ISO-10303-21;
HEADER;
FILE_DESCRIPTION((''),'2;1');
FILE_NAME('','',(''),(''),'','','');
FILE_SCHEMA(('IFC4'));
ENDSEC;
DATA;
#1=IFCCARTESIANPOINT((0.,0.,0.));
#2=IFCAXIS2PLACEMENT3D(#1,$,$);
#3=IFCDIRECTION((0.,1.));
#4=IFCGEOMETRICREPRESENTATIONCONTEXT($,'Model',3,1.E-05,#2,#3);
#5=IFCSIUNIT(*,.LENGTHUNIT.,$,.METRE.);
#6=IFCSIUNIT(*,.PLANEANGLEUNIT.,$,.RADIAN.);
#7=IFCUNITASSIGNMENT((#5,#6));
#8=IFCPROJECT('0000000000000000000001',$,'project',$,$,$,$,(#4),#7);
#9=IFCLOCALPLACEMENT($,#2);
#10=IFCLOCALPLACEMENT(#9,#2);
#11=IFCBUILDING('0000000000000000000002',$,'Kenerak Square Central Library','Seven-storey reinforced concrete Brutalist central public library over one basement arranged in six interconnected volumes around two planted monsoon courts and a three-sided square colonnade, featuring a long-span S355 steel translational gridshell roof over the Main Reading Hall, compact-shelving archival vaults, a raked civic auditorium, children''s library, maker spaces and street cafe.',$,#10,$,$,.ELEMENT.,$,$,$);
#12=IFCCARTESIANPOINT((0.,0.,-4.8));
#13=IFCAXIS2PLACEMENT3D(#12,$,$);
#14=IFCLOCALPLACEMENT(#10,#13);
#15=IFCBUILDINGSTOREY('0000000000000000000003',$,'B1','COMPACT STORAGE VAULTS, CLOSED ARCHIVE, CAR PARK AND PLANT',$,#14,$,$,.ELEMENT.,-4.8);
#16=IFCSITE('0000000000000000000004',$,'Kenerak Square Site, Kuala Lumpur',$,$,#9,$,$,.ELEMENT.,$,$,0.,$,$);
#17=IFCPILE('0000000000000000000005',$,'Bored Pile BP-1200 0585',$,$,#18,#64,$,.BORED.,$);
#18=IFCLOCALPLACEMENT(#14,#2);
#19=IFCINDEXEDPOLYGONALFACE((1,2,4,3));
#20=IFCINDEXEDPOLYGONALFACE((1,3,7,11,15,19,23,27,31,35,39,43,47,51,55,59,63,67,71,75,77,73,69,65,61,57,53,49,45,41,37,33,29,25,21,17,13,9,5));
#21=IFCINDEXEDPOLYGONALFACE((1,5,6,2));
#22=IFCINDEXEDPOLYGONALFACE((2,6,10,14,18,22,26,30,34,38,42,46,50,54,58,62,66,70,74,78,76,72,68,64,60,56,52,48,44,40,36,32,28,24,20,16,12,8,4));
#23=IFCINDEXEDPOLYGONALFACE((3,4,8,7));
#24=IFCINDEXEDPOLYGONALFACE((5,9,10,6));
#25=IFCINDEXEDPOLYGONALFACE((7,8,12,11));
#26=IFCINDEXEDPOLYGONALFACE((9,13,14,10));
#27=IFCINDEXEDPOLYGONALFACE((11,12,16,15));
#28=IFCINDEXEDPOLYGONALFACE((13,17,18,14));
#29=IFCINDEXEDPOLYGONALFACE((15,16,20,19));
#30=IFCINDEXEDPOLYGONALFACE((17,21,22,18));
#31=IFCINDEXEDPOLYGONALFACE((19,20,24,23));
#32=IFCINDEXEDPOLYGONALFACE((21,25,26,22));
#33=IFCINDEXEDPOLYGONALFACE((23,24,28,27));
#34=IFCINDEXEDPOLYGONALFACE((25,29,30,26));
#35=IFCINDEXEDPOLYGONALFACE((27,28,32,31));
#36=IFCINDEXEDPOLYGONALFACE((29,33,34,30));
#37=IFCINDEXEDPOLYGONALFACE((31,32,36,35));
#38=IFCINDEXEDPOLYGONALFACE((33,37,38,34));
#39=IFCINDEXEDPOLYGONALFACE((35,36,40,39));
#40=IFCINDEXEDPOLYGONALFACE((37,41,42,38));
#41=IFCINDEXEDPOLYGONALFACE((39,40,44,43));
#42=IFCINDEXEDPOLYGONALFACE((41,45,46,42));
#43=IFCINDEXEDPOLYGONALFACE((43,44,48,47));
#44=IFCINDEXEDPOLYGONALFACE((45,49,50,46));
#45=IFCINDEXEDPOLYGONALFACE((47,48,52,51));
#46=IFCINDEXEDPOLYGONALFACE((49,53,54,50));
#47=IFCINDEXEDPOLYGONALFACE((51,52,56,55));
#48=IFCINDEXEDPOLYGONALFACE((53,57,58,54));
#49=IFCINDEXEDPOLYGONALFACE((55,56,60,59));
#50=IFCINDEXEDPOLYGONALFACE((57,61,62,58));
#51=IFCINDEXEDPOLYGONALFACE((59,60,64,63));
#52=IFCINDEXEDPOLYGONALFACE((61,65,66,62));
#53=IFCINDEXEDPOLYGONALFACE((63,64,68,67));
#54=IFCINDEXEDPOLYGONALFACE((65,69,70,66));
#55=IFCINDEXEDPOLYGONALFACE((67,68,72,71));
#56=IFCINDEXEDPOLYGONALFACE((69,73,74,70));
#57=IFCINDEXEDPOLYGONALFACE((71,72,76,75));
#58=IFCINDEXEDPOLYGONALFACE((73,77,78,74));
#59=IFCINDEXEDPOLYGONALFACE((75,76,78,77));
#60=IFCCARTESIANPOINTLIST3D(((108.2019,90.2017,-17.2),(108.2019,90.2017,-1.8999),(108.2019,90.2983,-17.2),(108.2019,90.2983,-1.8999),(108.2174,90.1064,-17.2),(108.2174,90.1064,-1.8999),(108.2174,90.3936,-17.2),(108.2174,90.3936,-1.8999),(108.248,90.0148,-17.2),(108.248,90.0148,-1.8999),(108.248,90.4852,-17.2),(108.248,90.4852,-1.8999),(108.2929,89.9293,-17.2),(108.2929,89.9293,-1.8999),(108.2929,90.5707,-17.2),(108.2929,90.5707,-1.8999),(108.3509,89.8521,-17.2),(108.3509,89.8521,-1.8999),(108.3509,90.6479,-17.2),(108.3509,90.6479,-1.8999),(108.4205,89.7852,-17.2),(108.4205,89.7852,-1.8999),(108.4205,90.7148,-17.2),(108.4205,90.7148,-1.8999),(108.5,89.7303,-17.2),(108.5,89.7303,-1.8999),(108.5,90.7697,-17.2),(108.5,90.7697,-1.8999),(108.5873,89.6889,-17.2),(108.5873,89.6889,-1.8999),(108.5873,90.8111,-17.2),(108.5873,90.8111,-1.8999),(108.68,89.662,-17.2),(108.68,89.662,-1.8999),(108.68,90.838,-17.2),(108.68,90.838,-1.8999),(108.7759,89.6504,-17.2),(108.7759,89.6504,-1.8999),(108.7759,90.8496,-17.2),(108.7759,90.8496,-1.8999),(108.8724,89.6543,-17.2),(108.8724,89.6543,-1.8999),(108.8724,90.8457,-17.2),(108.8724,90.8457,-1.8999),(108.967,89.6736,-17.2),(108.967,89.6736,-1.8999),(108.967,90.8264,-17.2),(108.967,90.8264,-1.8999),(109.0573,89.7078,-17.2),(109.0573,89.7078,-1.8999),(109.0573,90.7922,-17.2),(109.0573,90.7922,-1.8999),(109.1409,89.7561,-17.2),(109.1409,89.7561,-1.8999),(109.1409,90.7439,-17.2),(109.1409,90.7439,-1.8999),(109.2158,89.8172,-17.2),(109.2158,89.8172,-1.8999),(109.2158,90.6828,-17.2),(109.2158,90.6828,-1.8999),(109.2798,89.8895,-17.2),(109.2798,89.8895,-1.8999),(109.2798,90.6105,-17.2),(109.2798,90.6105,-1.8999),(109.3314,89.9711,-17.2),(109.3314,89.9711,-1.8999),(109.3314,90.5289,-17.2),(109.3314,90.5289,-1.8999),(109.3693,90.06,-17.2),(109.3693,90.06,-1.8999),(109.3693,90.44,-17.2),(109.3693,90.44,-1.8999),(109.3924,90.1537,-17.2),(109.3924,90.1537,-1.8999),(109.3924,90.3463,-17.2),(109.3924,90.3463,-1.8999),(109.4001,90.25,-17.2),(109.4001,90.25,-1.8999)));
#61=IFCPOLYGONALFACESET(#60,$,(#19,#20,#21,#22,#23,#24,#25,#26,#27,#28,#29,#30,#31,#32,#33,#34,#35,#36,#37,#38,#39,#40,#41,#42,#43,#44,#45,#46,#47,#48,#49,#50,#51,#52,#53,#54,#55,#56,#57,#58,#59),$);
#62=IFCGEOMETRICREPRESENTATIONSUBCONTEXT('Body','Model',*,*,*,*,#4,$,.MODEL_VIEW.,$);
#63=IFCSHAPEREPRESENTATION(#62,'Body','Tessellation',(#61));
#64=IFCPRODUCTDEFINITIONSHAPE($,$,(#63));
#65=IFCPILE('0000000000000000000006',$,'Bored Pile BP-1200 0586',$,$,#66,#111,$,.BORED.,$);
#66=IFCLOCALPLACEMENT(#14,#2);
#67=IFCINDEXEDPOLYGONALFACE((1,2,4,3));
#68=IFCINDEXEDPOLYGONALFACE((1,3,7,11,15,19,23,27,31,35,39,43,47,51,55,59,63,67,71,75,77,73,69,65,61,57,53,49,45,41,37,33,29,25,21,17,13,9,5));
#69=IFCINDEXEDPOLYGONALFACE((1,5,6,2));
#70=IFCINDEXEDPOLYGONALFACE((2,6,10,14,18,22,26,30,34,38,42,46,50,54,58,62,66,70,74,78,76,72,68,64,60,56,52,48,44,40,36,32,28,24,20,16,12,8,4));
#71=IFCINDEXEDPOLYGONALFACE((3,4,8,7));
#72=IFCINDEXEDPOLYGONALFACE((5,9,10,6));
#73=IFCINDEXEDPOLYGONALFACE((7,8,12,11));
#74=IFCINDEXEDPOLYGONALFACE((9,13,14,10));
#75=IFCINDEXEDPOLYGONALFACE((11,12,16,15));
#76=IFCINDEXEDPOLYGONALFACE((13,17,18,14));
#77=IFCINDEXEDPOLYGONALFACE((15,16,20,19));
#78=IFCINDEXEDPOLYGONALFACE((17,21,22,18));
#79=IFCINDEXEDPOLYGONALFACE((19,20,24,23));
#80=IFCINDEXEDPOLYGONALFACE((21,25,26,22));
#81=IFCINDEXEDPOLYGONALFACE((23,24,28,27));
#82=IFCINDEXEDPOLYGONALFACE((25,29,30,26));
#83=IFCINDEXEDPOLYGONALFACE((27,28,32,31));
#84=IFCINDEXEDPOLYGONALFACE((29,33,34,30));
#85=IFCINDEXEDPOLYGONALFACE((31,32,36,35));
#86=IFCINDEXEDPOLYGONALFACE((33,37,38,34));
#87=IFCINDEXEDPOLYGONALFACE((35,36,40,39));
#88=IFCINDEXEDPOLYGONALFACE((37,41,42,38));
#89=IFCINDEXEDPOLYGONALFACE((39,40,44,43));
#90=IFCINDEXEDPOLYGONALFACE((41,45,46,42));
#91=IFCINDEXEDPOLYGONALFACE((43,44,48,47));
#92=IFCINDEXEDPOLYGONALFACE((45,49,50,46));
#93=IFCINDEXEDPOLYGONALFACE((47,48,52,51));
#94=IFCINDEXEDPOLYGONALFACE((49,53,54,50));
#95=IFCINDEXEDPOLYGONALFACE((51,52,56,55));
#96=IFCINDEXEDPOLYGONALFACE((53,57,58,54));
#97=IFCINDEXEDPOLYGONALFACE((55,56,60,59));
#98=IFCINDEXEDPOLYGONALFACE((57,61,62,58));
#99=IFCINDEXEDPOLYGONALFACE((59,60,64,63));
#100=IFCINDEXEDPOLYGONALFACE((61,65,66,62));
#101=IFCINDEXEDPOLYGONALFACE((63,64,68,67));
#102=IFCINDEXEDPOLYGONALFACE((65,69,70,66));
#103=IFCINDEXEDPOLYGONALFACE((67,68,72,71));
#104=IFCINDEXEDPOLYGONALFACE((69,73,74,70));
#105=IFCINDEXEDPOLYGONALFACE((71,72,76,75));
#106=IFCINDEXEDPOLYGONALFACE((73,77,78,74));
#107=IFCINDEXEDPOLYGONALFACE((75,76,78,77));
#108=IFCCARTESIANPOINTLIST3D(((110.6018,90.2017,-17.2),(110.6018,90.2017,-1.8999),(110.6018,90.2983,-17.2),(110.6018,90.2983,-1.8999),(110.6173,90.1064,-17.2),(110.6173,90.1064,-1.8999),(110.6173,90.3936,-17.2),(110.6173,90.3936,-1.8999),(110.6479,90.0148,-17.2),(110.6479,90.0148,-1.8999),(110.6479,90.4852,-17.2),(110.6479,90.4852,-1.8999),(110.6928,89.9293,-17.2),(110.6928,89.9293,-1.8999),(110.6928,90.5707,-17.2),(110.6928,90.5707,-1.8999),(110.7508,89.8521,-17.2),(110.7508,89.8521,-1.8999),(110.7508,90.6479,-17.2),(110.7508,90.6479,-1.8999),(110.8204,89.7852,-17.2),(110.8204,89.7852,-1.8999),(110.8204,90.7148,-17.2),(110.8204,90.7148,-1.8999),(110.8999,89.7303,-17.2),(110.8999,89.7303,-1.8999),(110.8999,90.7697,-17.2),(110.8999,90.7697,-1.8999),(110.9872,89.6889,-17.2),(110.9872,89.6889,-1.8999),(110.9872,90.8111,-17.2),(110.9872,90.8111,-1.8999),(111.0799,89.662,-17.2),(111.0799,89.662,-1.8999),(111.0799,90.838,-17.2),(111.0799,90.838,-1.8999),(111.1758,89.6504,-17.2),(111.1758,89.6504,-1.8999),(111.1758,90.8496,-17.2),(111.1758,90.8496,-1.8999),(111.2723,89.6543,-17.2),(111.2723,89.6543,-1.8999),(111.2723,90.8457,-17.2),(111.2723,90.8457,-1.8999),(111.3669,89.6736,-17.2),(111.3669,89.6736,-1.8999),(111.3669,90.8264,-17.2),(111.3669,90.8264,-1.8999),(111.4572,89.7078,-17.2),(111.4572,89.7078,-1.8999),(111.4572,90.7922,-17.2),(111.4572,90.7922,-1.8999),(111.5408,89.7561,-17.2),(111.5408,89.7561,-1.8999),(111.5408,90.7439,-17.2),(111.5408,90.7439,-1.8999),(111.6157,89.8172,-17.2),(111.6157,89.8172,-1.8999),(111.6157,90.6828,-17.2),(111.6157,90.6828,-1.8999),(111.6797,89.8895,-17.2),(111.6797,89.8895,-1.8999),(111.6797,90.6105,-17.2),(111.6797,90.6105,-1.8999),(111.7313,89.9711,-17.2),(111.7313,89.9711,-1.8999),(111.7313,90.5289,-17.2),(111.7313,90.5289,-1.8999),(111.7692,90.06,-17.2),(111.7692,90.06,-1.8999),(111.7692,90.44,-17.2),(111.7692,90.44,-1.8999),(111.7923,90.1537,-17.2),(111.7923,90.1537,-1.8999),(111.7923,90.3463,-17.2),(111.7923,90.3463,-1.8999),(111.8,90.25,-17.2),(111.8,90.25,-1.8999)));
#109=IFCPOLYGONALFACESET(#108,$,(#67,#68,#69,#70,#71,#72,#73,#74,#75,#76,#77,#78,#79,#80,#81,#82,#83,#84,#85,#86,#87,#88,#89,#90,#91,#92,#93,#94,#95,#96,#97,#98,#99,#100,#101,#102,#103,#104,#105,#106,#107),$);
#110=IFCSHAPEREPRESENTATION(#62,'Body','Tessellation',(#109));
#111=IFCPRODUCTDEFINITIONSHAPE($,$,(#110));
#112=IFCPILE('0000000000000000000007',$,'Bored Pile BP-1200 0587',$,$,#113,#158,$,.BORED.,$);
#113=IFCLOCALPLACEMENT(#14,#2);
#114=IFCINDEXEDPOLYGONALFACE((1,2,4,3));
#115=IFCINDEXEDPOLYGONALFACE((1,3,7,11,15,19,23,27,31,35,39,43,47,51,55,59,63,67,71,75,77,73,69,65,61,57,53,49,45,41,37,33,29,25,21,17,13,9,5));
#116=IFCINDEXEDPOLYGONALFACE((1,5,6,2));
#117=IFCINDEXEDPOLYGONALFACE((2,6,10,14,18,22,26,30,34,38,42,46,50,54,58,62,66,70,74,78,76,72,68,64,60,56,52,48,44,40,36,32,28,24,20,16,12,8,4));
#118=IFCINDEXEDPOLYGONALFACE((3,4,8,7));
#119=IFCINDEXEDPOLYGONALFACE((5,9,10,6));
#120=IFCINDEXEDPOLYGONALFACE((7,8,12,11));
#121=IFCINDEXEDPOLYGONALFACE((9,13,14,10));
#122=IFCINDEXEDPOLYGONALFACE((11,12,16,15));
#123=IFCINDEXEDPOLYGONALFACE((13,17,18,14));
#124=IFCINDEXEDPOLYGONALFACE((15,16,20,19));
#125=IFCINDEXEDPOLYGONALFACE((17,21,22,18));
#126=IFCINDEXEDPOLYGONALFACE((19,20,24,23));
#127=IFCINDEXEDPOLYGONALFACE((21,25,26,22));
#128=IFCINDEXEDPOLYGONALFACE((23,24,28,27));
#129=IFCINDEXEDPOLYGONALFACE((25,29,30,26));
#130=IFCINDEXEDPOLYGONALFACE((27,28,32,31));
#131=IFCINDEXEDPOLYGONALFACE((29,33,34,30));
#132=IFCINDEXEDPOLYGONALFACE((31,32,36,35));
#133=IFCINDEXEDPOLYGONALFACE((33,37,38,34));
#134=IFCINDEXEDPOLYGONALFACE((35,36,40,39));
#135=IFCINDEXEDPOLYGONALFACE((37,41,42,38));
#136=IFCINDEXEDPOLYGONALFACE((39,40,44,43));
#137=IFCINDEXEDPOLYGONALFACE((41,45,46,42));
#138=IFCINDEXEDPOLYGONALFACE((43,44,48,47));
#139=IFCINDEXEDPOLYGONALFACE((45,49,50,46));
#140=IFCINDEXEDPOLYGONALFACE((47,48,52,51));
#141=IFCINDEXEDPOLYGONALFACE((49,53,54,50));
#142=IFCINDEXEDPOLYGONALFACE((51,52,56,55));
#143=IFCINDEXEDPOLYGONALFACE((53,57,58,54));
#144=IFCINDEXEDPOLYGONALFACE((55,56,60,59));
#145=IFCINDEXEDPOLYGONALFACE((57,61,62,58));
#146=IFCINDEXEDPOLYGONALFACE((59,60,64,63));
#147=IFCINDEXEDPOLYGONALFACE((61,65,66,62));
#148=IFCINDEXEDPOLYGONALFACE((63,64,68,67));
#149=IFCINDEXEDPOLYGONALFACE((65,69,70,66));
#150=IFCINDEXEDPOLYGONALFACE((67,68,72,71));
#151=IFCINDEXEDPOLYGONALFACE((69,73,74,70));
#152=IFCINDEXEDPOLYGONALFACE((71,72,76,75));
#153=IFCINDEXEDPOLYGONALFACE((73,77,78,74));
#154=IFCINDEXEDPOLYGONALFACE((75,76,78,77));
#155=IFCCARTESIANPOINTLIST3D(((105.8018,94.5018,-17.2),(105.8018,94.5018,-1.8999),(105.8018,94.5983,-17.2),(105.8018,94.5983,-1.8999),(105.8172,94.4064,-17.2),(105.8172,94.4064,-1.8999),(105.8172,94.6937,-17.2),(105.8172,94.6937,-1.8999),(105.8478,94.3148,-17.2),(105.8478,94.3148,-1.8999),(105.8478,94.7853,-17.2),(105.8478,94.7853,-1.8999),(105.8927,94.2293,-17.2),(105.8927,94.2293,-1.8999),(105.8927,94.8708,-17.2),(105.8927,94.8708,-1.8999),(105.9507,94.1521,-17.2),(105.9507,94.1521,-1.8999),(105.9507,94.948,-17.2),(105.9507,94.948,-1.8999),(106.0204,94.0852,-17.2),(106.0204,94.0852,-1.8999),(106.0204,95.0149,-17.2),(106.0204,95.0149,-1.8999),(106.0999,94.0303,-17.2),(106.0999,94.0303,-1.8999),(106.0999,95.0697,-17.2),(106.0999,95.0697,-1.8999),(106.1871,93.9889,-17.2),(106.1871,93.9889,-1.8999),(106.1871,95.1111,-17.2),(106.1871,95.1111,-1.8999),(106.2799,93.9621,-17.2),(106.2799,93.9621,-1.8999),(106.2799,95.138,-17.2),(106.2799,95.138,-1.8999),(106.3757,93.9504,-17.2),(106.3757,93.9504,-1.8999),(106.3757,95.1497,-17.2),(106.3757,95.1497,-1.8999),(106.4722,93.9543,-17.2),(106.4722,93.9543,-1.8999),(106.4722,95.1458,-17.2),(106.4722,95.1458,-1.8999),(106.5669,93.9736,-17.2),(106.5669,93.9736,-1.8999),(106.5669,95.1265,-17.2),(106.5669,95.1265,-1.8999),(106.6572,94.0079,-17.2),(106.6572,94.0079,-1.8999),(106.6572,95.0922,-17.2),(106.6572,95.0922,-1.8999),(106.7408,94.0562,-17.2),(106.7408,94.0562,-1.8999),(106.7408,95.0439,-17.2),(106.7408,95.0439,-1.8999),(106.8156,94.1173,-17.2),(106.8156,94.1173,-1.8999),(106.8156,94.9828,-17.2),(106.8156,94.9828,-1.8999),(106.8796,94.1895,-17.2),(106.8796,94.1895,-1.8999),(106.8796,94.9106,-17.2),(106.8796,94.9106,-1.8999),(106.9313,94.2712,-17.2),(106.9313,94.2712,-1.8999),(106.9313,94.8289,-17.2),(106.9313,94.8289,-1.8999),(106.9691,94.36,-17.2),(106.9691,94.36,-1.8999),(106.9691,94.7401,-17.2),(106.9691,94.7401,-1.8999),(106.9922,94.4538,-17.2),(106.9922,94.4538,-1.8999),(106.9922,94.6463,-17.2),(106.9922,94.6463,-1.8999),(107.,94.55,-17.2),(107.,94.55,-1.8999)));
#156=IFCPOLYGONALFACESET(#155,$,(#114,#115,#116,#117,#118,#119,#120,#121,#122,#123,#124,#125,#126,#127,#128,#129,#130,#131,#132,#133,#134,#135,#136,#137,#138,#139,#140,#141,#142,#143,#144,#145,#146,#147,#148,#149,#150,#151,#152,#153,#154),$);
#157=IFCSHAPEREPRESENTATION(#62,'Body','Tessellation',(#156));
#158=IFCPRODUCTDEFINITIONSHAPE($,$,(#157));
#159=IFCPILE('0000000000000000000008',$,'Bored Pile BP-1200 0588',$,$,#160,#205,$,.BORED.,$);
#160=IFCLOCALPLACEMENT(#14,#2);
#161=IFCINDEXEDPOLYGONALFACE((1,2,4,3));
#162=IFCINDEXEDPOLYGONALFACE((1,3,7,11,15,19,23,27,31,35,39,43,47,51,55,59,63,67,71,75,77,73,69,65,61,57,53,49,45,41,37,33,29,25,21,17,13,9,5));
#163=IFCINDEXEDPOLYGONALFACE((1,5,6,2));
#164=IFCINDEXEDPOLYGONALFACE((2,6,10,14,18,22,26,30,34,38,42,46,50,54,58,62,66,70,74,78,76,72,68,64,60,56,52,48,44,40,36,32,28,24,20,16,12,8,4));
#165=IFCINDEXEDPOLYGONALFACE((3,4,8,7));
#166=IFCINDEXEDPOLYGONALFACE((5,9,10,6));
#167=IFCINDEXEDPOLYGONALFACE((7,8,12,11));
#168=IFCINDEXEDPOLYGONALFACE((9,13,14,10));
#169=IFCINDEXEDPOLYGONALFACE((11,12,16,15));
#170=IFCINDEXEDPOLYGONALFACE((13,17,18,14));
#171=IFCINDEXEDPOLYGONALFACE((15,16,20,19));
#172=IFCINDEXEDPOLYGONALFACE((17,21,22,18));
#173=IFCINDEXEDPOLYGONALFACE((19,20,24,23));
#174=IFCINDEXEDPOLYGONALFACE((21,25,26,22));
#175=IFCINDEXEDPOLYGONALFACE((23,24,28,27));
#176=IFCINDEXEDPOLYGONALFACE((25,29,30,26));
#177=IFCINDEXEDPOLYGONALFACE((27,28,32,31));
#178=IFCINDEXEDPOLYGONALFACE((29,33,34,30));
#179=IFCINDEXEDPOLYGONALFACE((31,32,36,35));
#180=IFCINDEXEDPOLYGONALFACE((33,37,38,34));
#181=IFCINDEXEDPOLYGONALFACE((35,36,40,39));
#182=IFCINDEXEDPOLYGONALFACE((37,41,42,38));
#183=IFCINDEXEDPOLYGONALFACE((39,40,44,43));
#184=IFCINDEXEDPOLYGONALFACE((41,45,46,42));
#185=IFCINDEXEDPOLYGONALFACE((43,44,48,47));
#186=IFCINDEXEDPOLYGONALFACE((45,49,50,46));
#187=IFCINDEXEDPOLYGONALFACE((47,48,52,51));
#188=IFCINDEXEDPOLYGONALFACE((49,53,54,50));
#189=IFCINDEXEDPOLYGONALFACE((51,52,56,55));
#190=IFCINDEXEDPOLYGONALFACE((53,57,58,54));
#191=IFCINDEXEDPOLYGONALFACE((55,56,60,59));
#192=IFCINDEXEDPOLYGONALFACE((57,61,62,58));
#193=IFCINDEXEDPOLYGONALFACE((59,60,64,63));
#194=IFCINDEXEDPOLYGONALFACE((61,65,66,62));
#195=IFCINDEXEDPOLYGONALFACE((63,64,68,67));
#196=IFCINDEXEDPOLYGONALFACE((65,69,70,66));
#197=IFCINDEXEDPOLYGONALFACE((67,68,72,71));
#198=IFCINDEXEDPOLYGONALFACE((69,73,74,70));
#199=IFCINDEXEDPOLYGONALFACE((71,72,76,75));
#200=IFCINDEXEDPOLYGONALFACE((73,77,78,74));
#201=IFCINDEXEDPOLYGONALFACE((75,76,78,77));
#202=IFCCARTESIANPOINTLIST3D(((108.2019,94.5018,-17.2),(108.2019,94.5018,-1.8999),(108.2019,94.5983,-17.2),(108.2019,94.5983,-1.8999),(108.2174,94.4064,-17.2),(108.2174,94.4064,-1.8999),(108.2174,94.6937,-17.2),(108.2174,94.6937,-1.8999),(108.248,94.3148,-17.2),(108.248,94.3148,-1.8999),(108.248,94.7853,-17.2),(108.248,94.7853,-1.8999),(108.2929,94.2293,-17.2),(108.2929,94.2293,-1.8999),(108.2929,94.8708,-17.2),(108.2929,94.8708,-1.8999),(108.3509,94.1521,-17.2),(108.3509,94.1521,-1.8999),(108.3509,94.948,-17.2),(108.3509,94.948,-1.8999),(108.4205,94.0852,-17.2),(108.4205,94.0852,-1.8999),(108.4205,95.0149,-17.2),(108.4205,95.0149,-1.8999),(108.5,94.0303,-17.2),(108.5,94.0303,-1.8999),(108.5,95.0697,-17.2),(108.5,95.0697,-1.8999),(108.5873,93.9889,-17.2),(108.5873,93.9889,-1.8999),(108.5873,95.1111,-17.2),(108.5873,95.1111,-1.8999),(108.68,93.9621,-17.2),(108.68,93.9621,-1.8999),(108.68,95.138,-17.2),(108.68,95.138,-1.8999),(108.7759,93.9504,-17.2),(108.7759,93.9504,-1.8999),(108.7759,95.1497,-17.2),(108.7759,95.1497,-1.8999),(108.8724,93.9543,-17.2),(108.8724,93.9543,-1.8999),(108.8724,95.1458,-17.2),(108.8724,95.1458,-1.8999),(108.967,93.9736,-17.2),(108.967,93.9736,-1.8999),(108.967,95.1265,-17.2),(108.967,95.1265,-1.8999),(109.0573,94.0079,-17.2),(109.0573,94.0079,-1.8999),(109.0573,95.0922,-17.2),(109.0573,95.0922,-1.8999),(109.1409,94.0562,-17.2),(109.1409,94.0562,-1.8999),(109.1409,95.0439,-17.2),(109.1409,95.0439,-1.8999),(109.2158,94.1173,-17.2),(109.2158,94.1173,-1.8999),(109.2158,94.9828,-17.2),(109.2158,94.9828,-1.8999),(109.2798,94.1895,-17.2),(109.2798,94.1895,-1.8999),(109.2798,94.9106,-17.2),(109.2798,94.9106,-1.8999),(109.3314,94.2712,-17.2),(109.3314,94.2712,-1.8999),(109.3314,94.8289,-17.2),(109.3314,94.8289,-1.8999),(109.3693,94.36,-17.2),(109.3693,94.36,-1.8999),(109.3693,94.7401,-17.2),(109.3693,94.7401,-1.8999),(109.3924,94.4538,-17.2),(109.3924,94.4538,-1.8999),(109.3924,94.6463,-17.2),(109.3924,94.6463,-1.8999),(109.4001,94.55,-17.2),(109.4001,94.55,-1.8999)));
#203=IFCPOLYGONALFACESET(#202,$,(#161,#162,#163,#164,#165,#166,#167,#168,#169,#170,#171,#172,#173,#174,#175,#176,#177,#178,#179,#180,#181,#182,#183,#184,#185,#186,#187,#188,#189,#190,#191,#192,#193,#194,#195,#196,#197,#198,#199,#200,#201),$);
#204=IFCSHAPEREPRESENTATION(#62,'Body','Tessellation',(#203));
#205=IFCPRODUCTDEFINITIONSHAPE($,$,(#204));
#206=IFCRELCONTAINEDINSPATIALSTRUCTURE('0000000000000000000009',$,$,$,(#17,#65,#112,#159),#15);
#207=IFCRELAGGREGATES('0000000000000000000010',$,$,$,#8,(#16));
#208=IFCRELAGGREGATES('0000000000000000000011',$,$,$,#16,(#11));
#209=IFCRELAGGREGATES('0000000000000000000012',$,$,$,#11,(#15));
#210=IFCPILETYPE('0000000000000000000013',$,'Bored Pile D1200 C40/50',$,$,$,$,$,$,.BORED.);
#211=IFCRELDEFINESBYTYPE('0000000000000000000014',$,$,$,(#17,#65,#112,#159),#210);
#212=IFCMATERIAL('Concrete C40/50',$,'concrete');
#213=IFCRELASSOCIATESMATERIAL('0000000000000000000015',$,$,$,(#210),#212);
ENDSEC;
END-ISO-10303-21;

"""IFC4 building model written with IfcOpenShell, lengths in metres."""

from ifc_helpers import new_model, si_unit, direction, frame, origin, origin_2d, place, context, subcontext, project, spatial, circle, extrude, material, material_profile, profile_set, type_object, element, save


model = new_model("IFC4")

# Units and contexts
model_context = context("Model", 3, precision=1e-05, world=origin(), true_north=direction((0.0, 1.0)))
body_context = subcontext(model_context, "Body", "Model", "MODEL_VIEW")
ifc_project = project(units=[si_unit("LENGTHUNIT", "METRE"), si_unit("PLANEANGLEUNIT", "RADIAN")], contexts=[model_context])

# Site, building, storey
site_placement = place(None, origin())
site = spatial("IfcSite", under=ifc_project, at=site_placement, Name="Kenerak Square Site, Kuala Lumpur", CompositionType="ELEMENT", RefElevation=0.0)
building_placement = place(site_placement, origin())
building = spatial("IfcBuilding", under=site, at=building_placement, Name="Kenerak Square Central Library", Description="Seven-storey reinforced concrete Brutalist central public library over one basement arranged in six interconnected volumes around two planted monsoon courts and a three-sided square colonnade, featuring a long-span S355 steel translational gridshell roof over the Main Reading Hall, compact-shelving archival vaults, a raked civic auditorium, children's library, maker spaces and street cafe.", CompositionType="ELEMENT")
storey_placement = place(building_placement, frame((0.0, 0.0, -4.8)))
storey = spatial("IfcBuildingStorey", under=building, at=storey_placement, Name="B1", Description="COMPACT STORAGE VAULTS, CLOSED ARCHIVE, CAR PARK AND PLANT", CompositionType="ELEMENT", Elevation=-4.8)

# Piles
ifc_material_1 = material(Name="Concrete C40/50", Category="concrete")
ifc_material_profile_1 = material_profile(ifc_material_1, circle(Radius=0.6001, at=origin_2d()), Name="BP D1200")
ifc_profile_set_1 = profile_set([ifc_material_profile_1], Name="Concrete C40/50")
pile_type = type_object("IfcPileType", Name="Bored Pile D1200 C40/50", PredefinedType="BORED", material=ifc_profile_set_1)
for number, where, z_axis, x_axis, name in (
    (1, (108.8, 90.25, -1.8999), (0.0, 0.0, -1.0), (1.0, 0.0, 0.0), "Bored Pile BP-1200 0585"),
    (2, (111.2, 90.25, -1.8999), (0.0, 0.0, -1.0), (1.0, 0.0, 0.0), "Bored Pile BP-1200 0586"),
    (3, (106.3999, 94.55, -1.8999), (0.0, 0.0, -1.0), (1.0, 0.0, 0.0), "Bored Pile BP-1200 0587"),
    (4, (108.8, 94.55, -1.8999), (0.0, 0.0, -1.0), (1.0, 0.0, 0.0), "Bored Pile BP-1200 0588"),
):
    element("IfcPile", number, at=place(storey_placement, frame(where, z_axis=z_axis, x_axis=x_axis)), inside=storey, type_object=pile_type, Name=name, PredefinedType="BORED", context=body_context, shape_type="SweptSolid", body=[
        extrude(circle(Radius=0.6001, at=origin_2d()), origin(), (0.0, 0.0, 1.0), 15.3),
    ])

save(model, "model.ifc")
